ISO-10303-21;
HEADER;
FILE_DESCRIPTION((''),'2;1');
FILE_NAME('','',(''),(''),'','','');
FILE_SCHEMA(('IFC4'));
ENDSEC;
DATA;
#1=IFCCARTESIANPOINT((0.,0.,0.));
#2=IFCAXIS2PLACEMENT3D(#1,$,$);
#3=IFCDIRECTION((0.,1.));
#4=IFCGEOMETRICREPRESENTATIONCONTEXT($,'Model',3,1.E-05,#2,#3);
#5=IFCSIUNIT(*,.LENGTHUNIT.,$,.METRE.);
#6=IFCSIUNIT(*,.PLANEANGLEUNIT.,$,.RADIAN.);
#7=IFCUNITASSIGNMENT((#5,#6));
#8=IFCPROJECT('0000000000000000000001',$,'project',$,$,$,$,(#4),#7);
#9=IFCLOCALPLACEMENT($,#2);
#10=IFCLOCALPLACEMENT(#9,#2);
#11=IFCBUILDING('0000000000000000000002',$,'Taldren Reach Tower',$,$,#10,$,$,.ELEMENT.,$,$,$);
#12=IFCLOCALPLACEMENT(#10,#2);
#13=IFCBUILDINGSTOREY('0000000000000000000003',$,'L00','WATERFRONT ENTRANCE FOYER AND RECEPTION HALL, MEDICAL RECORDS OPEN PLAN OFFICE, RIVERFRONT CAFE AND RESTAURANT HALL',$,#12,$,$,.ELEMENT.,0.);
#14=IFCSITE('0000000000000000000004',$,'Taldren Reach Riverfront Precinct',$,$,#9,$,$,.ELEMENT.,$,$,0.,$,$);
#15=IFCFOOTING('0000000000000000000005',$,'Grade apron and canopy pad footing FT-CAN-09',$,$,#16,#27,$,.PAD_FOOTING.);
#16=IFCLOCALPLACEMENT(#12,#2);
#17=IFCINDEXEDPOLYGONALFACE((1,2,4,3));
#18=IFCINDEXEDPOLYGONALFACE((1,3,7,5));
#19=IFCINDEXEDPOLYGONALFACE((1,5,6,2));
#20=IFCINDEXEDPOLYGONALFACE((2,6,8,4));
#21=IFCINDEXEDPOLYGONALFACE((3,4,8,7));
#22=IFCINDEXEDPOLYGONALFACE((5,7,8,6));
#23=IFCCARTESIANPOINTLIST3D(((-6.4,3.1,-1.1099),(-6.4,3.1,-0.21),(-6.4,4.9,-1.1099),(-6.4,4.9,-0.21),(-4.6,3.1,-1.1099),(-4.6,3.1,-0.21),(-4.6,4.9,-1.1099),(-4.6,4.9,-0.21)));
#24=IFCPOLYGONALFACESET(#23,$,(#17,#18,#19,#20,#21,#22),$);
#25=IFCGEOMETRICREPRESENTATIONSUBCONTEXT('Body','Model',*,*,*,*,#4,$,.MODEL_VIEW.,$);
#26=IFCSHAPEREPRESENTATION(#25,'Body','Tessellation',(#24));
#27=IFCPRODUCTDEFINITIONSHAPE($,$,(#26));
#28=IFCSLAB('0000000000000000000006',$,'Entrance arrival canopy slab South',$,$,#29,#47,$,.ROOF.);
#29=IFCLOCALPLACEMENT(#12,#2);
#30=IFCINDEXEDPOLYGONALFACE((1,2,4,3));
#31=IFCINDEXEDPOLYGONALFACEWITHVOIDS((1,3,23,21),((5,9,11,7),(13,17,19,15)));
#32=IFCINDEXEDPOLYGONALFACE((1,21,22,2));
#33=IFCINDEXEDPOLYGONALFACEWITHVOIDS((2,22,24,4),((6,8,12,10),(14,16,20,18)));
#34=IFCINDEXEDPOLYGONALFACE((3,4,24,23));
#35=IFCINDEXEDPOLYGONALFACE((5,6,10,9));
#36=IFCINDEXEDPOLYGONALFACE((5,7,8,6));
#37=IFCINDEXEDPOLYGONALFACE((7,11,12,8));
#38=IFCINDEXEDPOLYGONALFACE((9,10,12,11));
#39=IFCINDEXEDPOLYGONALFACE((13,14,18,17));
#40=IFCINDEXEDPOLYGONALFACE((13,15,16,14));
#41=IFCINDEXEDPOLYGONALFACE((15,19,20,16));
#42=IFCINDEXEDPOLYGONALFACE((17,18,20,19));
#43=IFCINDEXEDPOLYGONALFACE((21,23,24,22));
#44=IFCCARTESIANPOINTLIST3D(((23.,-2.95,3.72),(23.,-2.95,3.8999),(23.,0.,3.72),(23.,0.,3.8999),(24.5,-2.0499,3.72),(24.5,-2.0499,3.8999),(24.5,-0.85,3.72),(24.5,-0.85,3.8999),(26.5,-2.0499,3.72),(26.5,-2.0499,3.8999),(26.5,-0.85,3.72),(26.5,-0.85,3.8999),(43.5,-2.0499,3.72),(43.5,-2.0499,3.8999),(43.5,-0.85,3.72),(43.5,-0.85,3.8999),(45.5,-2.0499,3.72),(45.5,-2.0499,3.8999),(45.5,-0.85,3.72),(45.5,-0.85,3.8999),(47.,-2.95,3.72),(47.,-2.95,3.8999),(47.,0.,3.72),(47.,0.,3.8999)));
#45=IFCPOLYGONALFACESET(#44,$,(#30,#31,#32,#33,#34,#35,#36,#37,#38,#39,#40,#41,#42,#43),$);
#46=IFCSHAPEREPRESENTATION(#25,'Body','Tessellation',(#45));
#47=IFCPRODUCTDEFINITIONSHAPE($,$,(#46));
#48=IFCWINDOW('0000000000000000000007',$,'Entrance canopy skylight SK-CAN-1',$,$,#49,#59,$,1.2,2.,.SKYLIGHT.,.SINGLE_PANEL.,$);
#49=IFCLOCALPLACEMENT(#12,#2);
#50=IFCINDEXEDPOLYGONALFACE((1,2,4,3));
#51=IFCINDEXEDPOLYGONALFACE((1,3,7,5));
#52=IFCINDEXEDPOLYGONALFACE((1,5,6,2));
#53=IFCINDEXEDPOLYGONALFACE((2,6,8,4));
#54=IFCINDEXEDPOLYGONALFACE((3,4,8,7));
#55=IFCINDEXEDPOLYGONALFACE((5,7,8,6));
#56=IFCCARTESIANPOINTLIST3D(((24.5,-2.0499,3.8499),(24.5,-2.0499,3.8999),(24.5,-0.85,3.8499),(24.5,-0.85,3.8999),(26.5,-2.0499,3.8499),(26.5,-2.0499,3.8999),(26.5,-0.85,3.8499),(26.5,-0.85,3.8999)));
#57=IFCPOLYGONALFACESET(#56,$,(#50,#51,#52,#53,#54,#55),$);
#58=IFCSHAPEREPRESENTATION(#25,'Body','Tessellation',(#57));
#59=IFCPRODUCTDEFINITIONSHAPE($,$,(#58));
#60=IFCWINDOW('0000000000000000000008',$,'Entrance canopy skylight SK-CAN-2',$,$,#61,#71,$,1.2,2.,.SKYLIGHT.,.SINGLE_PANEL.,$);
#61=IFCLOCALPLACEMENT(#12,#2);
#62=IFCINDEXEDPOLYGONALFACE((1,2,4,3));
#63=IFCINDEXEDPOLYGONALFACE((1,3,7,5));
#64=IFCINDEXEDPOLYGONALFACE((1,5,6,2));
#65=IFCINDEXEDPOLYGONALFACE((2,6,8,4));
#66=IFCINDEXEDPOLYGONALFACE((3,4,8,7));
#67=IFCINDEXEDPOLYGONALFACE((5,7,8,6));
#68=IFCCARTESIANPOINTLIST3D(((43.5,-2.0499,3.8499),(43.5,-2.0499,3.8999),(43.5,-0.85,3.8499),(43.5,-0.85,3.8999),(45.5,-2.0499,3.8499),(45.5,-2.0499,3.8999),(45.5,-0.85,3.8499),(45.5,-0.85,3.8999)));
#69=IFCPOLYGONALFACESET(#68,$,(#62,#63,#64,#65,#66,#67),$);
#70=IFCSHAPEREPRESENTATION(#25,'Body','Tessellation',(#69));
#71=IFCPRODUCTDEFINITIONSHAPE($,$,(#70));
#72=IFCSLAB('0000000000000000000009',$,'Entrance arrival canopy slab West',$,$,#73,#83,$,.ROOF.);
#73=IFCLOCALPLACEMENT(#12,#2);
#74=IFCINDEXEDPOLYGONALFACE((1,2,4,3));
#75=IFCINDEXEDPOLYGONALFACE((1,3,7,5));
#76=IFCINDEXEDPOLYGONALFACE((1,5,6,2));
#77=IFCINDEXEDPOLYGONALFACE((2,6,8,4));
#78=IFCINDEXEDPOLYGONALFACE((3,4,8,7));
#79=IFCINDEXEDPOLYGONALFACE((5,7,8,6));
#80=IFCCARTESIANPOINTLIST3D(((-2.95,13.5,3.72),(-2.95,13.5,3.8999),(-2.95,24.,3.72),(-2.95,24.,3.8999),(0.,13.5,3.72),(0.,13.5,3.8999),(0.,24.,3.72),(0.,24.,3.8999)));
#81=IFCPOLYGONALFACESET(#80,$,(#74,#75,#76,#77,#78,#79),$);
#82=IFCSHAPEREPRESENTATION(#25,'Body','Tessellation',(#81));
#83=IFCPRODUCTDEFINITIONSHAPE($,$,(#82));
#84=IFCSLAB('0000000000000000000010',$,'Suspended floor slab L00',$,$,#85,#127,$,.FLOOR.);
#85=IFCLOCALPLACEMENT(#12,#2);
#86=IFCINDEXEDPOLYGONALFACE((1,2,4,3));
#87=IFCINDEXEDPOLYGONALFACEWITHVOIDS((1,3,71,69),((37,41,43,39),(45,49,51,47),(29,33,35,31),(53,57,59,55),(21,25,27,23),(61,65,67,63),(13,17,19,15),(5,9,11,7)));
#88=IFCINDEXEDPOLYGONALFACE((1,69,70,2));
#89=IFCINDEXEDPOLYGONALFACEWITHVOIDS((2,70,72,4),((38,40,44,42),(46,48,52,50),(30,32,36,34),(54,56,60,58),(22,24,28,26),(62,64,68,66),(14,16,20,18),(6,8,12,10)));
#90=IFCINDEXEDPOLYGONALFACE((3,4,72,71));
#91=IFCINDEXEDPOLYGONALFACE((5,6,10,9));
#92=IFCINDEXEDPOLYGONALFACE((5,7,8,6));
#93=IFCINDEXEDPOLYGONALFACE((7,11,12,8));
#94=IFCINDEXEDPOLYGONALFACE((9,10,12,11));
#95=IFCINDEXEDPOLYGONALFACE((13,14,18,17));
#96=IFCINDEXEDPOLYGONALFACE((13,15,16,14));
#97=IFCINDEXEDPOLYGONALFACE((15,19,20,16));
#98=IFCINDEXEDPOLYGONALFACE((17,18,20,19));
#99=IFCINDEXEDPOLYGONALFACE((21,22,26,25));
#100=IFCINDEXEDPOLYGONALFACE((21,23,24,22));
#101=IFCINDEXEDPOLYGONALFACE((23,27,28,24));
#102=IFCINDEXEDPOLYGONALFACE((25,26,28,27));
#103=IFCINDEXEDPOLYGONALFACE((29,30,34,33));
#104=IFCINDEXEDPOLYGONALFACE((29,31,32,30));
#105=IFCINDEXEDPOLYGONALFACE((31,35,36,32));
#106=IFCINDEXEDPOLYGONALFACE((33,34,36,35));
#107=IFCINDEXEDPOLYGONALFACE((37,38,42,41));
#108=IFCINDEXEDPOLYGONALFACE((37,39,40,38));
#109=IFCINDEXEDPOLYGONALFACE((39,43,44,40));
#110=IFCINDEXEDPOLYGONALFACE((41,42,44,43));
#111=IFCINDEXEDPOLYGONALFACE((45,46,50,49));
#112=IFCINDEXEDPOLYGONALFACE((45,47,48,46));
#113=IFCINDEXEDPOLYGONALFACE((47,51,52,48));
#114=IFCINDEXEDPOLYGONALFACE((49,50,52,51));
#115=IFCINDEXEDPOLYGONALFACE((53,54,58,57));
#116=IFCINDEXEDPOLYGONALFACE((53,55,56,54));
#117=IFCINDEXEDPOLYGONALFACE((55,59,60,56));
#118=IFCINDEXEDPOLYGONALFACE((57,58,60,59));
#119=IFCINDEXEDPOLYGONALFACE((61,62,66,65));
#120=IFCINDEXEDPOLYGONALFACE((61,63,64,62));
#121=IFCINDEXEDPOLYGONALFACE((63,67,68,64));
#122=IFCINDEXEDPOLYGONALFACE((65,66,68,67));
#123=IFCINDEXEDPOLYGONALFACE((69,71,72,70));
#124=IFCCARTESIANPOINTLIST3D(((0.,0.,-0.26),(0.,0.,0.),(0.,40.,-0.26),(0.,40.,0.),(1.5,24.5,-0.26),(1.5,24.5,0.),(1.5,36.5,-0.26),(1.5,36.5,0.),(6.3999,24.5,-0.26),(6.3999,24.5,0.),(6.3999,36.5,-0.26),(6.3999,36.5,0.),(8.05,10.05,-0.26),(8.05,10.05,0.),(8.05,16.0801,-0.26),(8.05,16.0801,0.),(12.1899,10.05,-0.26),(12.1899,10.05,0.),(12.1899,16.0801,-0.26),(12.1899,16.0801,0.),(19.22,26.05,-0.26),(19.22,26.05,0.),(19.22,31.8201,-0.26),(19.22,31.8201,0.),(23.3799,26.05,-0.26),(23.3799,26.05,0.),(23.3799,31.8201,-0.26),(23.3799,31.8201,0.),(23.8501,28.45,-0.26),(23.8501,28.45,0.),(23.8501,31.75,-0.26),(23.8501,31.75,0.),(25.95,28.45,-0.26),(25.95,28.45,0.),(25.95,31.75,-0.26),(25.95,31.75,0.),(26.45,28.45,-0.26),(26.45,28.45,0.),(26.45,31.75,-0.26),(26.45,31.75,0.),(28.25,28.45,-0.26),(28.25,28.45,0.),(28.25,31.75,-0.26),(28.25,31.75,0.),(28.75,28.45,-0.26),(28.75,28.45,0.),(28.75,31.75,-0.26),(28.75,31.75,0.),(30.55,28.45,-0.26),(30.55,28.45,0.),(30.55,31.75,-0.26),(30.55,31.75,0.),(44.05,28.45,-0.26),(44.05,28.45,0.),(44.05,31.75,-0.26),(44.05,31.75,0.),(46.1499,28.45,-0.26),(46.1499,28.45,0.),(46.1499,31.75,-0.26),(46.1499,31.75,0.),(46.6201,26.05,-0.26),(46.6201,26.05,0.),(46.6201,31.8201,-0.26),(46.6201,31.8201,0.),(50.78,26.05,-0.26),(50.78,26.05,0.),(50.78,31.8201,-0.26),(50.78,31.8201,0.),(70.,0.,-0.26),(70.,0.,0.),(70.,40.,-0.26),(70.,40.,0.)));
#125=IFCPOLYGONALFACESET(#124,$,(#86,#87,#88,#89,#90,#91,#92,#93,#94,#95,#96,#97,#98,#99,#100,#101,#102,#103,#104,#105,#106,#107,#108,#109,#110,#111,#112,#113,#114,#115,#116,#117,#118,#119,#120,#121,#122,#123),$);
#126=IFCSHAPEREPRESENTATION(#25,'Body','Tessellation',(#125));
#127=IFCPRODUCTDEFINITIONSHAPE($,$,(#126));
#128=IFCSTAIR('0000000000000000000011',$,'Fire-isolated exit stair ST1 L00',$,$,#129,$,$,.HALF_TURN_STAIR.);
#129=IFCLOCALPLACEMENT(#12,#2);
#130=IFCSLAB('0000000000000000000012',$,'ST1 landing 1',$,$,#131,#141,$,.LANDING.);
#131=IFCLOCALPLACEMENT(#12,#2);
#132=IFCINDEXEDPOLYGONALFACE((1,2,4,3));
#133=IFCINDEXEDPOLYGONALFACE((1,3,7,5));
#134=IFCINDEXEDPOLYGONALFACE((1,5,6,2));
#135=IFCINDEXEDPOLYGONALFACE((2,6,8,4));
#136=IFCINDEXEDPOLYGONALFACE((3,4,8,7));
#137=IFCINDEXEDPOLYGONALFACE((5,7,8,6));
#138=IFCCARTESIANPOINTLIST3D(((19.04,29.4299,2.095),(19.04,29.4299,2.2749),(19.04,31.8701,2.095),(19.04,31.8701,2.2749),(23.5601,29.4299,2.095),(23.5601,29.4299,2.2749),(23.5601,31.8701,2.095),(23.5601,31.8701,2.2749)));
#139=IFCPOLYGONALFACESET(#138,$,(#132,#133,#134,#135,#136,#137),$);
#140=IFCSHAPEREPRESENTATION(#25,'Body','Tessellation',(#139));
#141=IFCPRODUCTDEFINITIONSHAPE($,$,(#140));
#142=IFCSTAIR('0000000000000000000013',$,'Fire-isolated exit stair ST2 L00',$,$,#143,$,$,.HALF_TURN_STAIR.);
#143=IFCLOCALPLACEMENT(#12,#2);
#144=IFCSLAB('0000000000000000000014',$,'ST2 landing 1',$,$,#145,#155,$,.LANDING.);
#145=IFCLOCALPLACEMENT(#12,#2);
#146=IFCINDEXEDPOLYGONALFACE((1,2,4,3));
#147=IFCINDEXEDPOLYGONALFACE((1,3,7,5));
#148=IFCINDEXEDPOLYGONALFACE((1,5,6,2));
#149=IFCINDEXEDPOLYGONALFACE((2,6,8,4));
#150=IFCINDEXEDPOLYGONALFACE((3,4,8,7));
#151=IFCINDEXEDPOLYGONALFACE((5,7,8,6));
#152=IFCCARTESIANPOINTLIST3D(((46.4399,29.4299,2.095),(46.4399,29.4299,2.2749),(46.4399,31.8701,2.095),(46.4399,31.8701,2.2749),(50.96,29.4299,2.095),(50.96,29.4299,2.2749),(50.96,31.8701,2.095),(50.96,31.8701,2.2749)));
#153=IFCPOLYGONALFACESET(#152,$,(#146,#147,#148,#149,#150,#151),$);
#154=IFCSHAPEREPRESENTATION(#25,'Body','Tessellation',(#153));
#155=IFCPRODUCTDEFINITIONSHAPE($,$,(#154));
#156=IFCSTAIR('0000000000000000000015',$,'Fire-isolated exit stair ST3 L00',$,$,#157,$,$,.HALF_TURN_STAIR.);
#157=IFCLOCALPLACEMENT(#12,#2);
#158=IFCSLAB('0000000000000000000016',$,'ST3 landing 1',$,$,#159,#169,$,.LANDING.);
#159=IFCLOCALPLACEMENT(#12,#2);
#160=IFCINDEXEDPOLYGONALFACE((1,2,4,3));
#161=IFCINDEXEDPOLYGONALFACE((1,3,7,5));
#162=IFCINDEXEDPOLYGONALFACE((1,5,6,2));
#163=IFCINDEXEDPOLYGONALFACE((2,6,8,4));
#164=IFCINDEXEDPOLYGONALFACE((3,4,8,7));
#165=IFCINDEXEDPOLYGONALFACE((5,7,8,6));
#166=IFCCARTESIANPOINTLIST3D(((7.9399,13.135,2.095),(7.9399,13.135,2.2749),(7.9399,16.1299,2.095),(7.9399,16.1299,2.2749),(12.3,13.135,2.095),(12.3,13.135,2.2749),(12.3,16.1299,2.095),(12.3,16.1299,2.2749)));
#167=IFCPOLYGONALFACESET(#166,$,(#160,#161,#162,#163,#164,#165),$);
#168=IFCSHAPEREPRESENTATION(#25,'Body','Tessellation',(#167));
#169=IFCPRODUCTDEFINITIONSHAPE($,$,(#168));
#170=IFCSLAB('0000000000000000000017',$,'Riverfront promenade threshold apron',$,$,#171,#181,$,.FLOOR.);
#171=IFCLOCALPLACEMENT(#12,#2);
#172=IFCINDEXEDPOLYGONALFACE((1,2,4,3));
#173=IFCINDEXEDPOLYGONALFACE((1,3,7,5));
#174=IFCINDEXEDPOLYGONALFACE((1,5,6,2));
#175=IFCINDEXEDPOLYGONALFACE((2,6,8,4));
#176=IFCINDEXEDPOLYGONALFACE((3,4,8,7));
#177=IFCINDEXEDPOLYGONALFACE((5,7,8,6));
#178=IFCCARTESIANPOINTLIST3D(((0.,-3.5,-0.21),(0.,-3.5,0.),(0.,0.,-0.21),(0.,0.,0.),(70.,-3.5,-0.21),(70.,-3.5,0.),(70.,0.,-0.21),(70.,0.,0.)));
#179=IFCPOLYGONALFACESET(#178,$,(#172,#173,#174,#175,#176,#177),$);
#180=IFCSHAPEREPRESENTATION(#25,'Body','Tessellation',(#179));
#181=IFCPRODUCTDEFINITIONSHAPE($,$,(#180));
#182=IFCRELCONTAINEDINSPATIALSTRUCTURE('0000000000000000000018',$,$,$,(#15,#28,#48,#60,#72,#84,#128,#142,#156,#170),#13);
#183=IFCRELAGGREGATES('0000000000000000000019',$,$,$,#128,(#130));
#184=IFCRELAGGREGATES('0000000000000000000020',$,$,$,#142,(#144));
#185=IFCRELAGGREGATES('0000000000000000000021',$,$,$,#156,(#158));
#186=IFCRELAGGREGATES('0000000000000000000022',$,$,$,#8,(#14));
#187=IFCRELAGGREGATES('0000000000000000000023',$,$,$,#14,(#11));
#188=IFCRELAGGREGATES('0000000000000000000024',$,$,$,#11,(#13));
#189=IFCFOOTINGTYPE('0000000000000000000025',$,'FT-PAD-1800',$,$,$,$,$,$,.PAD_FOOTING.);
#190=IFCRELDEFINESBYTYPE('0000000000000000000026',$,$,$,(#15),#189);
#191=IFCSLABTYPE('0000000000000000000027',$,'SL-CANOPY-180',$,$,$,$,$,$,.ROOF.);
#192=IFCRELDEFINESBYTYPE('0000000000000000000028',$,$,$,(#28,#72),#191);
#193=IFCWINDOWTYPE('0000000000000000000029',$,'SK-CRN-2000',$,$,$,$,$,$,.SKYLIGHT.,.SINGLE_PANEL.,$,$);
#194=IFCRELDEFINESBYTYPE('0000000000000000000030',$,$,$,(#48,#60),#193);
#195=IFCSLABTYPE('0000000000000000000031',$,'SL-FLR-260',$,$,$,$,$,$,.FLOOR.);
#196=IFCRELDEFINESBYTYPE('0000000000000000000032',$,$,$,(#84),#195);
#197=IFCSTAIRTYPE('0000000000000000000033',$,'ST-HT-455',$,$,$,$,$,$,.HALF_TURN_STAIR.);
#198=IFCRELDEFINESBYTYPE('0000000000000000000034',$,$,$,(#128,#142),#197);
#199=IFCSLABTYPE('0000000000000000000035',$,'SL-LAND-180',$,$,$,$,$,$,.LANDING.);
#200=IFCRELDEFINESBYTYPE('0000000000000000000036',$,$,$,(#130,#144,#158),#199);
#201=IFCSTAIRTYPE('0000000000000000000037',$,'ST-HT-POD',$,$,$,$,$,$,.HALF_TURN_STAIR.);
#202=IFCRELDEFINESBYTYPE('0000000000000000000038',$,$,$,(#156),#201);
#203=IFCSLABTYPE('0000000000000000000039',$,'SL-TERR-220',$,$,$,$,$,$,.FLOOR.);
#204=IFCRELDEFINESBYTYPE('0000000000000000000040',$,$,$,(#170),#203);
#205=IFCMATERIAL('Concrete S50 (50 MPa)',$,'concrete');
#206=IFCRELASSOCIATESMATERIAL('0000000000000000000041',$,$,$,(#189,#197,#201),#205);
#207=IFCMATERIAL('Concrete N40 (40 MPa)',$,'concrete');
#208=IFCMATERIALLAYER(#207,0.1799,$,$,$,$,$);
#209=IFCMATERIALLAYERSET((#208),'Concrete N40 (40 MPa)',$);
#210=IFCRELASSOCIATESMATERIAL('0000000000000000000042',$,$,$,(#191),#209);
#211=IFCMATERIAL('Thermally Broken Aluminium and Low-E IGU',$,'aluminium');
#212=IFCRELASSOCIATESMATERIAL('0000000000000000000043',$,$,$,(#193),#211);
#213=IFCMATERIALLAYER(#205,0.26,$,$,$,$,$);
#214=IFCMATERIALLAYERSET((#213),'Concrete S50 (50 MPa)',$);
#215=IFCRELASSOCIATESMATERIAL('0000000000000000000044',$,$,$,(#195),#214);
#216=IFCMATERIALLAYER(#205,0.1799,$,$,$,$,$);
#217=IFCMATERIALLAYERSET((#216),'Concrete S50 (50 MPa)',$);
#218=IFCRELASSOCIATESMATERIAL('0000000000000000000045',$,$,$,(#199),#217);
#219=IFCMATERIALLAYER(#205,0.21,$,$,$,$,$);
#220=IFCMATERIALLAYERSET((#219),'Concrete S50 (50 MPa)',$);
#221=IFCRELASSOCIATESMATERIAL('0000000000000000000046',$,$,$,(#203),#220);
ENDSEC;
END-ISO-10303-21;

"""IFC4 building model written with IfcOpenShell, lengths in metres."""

from ifc_helpers import new_model, si_unit, direction, frame, origin, origin_2d, place, context, subcontext, project, spatial, polyline, rectangle, outline, extrude, source, transform, mapped, material, layer, layer_set, type_object, element, fill, aggregate, save


model = new_model("IFC4")

# Units and contexts
model_context = context("Model", 3, precision=1e-05, world=origin(), true_north=direction((0.0, 1.0)))
body_context = subcontext(model_context, "Body", "Model", "MODEL_VIEW")
ifc_project = project(units=[si_unit("LENGTHUNIT", "METRE"), si_unit("PLANEANGLEUNIT", "RADIAN")], contexts=[model_context])

# Site, building, storey
site_placement = place(None, origin())
site = spatial("IfcSite", under=ifc_project, at=site_placement, Name="Taldren Reach Riverfront Precinct", CompositionType="ELEMENT", RefElevation=0.0)
building_placement = place(site_placement, origin())
building = spatial("IfcBuilding", under=site, at=building_placement, Name="Taldren Reach Tower", CompositionType="ELEMENT")
storey_placement = place(building_placement, origin())
storey = spatial("IfcBuildingStorey", under=building, at=storey_placement, Name="L00", Description="WATERFRONT ENTRANCE FOYER AND RECEPTION HALL, MEDICAL RECORDS OPEN PLAN OFFICE, RIVERFRONT CAFE AND RESTAURANT HALL", CompositionType="ELEMENT", Elevation=0.0)

# Footing
ifc_material_1 = material(Name="Concrete S50 (50 MPa)", Category="concrete")
footing_type = type_object("IfcFootingType", Name="FT-PAD-1800", PredefinedType="PAD_FOOTING", material=ifc_material_1)
shared_shape = source(origin(), body_context, "Body", "SweptSolid", [
    extrude(rectangle(XDim=1.8, YDim=1.8, at=origin_2d()), origin(), (0.0, 0.0, 1.0), 0.8999),
])
footing_placement = place(storey_placement, frame((-5.5, 4.0, -1.1099), z_axis=(0.0, 0.0, 1.0), x_axis=(1.0, 0.0, 0.0)))
element("IfcFooting", 1, at=footing_placement, inside=storey, type_object=footing_type, Name="Grade apron and canopy pad footing FT-CAN-09", PredefinedType="PAD_FOOTING", context=body_context, shape_type="MappedRepresentation", body=[
    mapped(shared_shape, transform((0.0, 0.0, 0.0), scale=1.0)),
])

# Slab, openings, windows
ifc_material_2 = material(Name="Concrete N40 (40 MPa)", Category="concrete")
ifc_layer_1 = layer(ifc_material_2, 0.1799)
ifc_layer_set_1 = layer_set([ifc_layer_1], Name="Concrete N40 (40 MPa)")
slab_type_1 = type_object("IfcSlabType", Name="SL-CANOPY-180", PredefinedType="ROOF", material=ifc_layer_set_1)
slab_1_placement = place(storey_placement, frame((0.0, 0.0, 3.72)))
slab_1 = element("IfcSlab", 2, at=slab_1_placement, inside=storey, type_object=slab_type_1, Name="Entrance arrival canopy slab South", PredefinedType="ROOF", context=body_context, shape_type="SweptSolid", body=[
    extrude(outline(polyline([(23.0, -2.95), (47.0, -2.95), (47.0, 0.0), (23.0, 0.0), (23.0, -2.95)])), origin(), (0.0, 0.0, 1.0), 0.1799),
])
opening_1_placement = place(slab_1_placement, frame((25.5, -1.45, -0.01)))
opening_1 = element("IfcOpeningElement", 3, at=opening_1_placement, cuts=slab_1, PredefinedType="OPENING", context=body_context, shape_type="SweptSolid", body=[
    extrude(rectangle(XDim=2.0, YDim=1.2, at=origin_2d()), origin(), (0.0, 0.0, 1.0), 0.2),
])
opening_2_placement = place(slab_1_placement, frame((44.5, -1.45, -0.01)))
opening_2 = element("IfcOpeningElement", 4, at=opening_2_placement, cuts=slab_1, PredefinedType="OPENING", context=body_context, shape_type="SweptSolid", body=[
    extrude(rectangle(XDim=2.0, YDim=1.2, at=origin_2d()), origin(), (0.0, 0.0, 1.0), 0.2),
])
ifc_material_3 = material(Name="Thermally Broken Aluminium and Low-E IGU", Category="aluminium")
window_type = type_object("IfcWindowType", Name="SK-CRN-2000", PartitioningType="SINGLE_PANEL", PredefinedType="SKYLIGHT", material=ifc_material_3)
window_1_placement = place(slab_1_placement, frame((25.5, -1.45, 0.1299)))
window_1 = element("IfcWindow", 5, at=window_1_placement, inside=storey, type_object=window_type, Name="Entrance canopy skylight SK-CAN-1", OverallHeight=1.2, OverallWidth=2.0, PartitioningType="SINGLE_PANEL", PredefinedType="SKYLIGHT", context=body_context, shape_type="SweptSolid", body=[
    extrude(rectangle(XDim=2.0, YDim=1.2, at=origin_2d()), origin(), (0.0, 0.0, 1.0), 0.05),
])
fill(opening_1, window_1)
window_2_placement = place(slab_1_placement, frame((44.5, -1.45, 0.1299)))
window_2 = element("IfcWindow", 6, at=window_2_placement, inside=storey, type_object=window_type, Name="Entrance canopy skylight SK-CAN-2", OverallHeight=1.2, OverallWidth=2.0, PartitioningType="SINGLE_PANEL", PredefinedType="SKYLIGHT", context=body_context, shape_type="SweptSolid", body=[
    extrude(rectangle(XDim=2.0, YDim=1.2, at=origin_2d()), origin(), (0.0, 0.0, 1.0), 0.05),
])
fill(opening_2, window_2)

# Slabs
slab_2_placement = place(storey_placement, frame((0.0, 0.0, 3.72)))
element("IfcSlab", 7, at=slab_2_placement, inside=storey, type_object=slab_type_1, Name="Entrance arrival canopy slab West", PredefinedType="ROOF", context=body_context, shape_type="SweptSolid", body=[
    extrude(outline(polyline([(-2.95, 13.5), (0.0, 13.5), (0.0, 24.0), (-2.95, 24.0), (-2.95, 13.5)])), origin(), (0.0, 0.0, 1.0), 0.1799),
])
ifc_layer_2 = layer(ifc_material_1, 0.26)
ifc_layer_set_2 = layer_set([ifc_layer_2], Name="Concrete S50 (50 MPa)")
slab_type_2 = type_object("IfcSlabType", Name="SL-FLR-260", PredefinedType="FLOOR", material=ifc_layer_set_2)
slab_3_placement = place(storey_placement, frame((0.0, 0.0, -0.26)))
element("IfcSlab", 8, at=slab_3_placement, inside=storey, type_object=slab_type_2, Name="Suspended floor slab L00", PredefinedType="FLOOR", context=body_context, shape_type="SweptSolid", body=[
    extrude(outline(polyline([(0.0, 0.0), (70.0, 0.0), (70.0, 40.0), (0.0, 40.0), (0.0, 0.0)]), holes=[polyline([(19.22, 26.05), (23.3799, 26.05), (23.3799, 31.8201), (19.22, 31.8201), (19.22, 26.05)]), polyline([(46.6201, 26.05), (50.78, 26.05), (50.78, 31.8201), (46.6201, 31.8201), (46.6201, 26.05)]), polyline([(8.05, 10.05), (12.1899, 10.05), (12.1899, 16.0801), (8.05, 16.0801), (8.05, 10.05)]), polyline([(1.5, 24.5), (6.3999, 24.5), (6.3999, 36.5), (1.5, 36.5), (1.5, 24.5)]), polyline([(23.8501, 28.45), (25.95, 28.45), (25.95, 31.75), (23.8501, 31.75), (23.8501, 28.45)]), polyline([(44.05, 28.45), (46.1499, 28.45), (46.1499, 31.75), (44.05, 31.75), (44.05, 28.45)]), polyline([(26.45, 28.45), (28.25, 28.45), (28.25, 31.75), (26.45, 31.75), (26.45, 28.45)]), polyline([(28.75, 28.45), (30.55, 28.45), (30.55, 31.75), (28.75, 31.75), (28.75, 28.45)])]), origin(), (0.0, 0.0, 1.0), 0.26),
])

# Stairs, slabs
stair_type_1 = type_object("IfcStairType", Name="ST-HT-455", PredefinedType="HALF_TURN_STAIR", material=ifc_material_1)
stair_1_placement = place(storey_placement, origin())
stair_1 = element("IfcStair", 9, at=stair_1_placement, inside=storey, type_object=stair_type_1, Name="Fire-isolated exit stair ST1 L00", PredefinedType="HALF_TURN_STAIR")
ifc_layer_3 = layer(ifc_material_1, 0.1799)
ifc_layer_set_3 = layer_set([ifc_layer_3], Name="Concrete S50 (50 MPa)")
slab_type_3 = type_object("IfcSlabType", Name="SL-LAND-180", PredefinedType="LANDING", material=ifc_layer_set_3)
slab_4_placement = place(storey_placement, frame((0.0, 0.0, 2.095)))
slab_4 = element("IfcSlab", 10, at=slab_4_placement, type_object=slab_type_3, Name="ST1 landing 1", PredefinedType="LANDING", context=body_context, shape_type="SweptSolid", body=[
    extrude(outline(polyline([(19.04, 29.4299), (23.5601, 29.4299), (23.5601, 31.8701), (19.04, 31.8701), (19.04, 29.4299)])), origin(), (0.0, 0.0, 1.0), 0.1799),
])
aggregate(stair_1, [slab_4])
stair_2_placement = place(storey_placement, origin())
stair_2 = element("IfcStair", 11, at=stair_2_placement, inside=storey, type_object=stair_type_1, Name="Fire-isolated exit stair ST2 L00", PredefinedType="HALF_TURN_STAIR")
slab_5_placement = place(storey_placement, frame((0.0, 0.0, 2.095)))
slab_5 = element("IfcSlab", 12, at=slab_5_placement, type_object=slab_type_3, Name="ST2 landing 1", PredefinedType="LANDING", context=body_context, shape_type="SweptSolid", body=[
    extrude(outline(polyline([(46.4399, 29.4299), (50.96, 29.4299), (50.96, 31.8701), (46.4399, 31.8701), (46.4399, 29.4299)])), origin(), (0.0, 0.0, 1.0), 0.1799),
])
aggregate(stair_2, [slab_5])
stair_type_2 = type_object("IfcStairType", Name="ST-HT-POD", PredefinedType="HALF_TURN_STAIR", material=ifc_material_1)
stair_3_placement = place(storey_placement, origin())
stair_3 = element("IfcStair", 13, at=stair_3_placement, inside=storey, type_object=stair_type_2, Name="Fire-isolated exit stair ST3 L00", PredefinedType="HALF_TURN_STAIR")
slab_6_placement = place(storey_placement, frame((0.0, 0.0, 2.095)))
slab_6 = element("IfcSlab", 14, at=slab_6_placement, type_object=slab_type_3, Name="ST3 landing 1", PredefinedType="LANDING", context=body_context, shape_type="SweptSolid", body=[
    extrude(outline(polyline([(7.9399, 13.135), (12.3, 13.135), (12.3, 16.1299), (7.9399, 16.1299), (7.9399, 13.135)])), origin(), (0.0, 0.0, 1.0), 0.1799),
])
aggregate(stair_3, [slab_6])

# Slab
ifc_layer_4 = layer(ifc_material_1, 0.21)
ifc_layer_set_4 = layer_set([ifc_layer_4], Name="Concrete S50 (50 MPa)")
slab_type_4 = type_object("IfcSlabType", Name="SL-TERR-220", PredefinedType="FLOOR", material=ifc_layer_set_4)
slab_7_placement = place(storey_placement, frame((0.0, 0.0, -0.21)))
element("IfcSlab", 15, at=slab_7_placement, inside=storey, type_object=slab_type_4, Name="Riverfront promenade threshold apron", PredefinedType="FLOOR", context=body_context, shape_type="SweptSolid", body=[
    extrude(outline(polyline([(0.0, -3.5), (70.0, -3.5), (70.0, 0.0), (0.0, 0.0), (0.0, -3.5)])), origin(), (0.0, 0.0, 1.0), 0.21),
])

save(model, "model.ifc")
